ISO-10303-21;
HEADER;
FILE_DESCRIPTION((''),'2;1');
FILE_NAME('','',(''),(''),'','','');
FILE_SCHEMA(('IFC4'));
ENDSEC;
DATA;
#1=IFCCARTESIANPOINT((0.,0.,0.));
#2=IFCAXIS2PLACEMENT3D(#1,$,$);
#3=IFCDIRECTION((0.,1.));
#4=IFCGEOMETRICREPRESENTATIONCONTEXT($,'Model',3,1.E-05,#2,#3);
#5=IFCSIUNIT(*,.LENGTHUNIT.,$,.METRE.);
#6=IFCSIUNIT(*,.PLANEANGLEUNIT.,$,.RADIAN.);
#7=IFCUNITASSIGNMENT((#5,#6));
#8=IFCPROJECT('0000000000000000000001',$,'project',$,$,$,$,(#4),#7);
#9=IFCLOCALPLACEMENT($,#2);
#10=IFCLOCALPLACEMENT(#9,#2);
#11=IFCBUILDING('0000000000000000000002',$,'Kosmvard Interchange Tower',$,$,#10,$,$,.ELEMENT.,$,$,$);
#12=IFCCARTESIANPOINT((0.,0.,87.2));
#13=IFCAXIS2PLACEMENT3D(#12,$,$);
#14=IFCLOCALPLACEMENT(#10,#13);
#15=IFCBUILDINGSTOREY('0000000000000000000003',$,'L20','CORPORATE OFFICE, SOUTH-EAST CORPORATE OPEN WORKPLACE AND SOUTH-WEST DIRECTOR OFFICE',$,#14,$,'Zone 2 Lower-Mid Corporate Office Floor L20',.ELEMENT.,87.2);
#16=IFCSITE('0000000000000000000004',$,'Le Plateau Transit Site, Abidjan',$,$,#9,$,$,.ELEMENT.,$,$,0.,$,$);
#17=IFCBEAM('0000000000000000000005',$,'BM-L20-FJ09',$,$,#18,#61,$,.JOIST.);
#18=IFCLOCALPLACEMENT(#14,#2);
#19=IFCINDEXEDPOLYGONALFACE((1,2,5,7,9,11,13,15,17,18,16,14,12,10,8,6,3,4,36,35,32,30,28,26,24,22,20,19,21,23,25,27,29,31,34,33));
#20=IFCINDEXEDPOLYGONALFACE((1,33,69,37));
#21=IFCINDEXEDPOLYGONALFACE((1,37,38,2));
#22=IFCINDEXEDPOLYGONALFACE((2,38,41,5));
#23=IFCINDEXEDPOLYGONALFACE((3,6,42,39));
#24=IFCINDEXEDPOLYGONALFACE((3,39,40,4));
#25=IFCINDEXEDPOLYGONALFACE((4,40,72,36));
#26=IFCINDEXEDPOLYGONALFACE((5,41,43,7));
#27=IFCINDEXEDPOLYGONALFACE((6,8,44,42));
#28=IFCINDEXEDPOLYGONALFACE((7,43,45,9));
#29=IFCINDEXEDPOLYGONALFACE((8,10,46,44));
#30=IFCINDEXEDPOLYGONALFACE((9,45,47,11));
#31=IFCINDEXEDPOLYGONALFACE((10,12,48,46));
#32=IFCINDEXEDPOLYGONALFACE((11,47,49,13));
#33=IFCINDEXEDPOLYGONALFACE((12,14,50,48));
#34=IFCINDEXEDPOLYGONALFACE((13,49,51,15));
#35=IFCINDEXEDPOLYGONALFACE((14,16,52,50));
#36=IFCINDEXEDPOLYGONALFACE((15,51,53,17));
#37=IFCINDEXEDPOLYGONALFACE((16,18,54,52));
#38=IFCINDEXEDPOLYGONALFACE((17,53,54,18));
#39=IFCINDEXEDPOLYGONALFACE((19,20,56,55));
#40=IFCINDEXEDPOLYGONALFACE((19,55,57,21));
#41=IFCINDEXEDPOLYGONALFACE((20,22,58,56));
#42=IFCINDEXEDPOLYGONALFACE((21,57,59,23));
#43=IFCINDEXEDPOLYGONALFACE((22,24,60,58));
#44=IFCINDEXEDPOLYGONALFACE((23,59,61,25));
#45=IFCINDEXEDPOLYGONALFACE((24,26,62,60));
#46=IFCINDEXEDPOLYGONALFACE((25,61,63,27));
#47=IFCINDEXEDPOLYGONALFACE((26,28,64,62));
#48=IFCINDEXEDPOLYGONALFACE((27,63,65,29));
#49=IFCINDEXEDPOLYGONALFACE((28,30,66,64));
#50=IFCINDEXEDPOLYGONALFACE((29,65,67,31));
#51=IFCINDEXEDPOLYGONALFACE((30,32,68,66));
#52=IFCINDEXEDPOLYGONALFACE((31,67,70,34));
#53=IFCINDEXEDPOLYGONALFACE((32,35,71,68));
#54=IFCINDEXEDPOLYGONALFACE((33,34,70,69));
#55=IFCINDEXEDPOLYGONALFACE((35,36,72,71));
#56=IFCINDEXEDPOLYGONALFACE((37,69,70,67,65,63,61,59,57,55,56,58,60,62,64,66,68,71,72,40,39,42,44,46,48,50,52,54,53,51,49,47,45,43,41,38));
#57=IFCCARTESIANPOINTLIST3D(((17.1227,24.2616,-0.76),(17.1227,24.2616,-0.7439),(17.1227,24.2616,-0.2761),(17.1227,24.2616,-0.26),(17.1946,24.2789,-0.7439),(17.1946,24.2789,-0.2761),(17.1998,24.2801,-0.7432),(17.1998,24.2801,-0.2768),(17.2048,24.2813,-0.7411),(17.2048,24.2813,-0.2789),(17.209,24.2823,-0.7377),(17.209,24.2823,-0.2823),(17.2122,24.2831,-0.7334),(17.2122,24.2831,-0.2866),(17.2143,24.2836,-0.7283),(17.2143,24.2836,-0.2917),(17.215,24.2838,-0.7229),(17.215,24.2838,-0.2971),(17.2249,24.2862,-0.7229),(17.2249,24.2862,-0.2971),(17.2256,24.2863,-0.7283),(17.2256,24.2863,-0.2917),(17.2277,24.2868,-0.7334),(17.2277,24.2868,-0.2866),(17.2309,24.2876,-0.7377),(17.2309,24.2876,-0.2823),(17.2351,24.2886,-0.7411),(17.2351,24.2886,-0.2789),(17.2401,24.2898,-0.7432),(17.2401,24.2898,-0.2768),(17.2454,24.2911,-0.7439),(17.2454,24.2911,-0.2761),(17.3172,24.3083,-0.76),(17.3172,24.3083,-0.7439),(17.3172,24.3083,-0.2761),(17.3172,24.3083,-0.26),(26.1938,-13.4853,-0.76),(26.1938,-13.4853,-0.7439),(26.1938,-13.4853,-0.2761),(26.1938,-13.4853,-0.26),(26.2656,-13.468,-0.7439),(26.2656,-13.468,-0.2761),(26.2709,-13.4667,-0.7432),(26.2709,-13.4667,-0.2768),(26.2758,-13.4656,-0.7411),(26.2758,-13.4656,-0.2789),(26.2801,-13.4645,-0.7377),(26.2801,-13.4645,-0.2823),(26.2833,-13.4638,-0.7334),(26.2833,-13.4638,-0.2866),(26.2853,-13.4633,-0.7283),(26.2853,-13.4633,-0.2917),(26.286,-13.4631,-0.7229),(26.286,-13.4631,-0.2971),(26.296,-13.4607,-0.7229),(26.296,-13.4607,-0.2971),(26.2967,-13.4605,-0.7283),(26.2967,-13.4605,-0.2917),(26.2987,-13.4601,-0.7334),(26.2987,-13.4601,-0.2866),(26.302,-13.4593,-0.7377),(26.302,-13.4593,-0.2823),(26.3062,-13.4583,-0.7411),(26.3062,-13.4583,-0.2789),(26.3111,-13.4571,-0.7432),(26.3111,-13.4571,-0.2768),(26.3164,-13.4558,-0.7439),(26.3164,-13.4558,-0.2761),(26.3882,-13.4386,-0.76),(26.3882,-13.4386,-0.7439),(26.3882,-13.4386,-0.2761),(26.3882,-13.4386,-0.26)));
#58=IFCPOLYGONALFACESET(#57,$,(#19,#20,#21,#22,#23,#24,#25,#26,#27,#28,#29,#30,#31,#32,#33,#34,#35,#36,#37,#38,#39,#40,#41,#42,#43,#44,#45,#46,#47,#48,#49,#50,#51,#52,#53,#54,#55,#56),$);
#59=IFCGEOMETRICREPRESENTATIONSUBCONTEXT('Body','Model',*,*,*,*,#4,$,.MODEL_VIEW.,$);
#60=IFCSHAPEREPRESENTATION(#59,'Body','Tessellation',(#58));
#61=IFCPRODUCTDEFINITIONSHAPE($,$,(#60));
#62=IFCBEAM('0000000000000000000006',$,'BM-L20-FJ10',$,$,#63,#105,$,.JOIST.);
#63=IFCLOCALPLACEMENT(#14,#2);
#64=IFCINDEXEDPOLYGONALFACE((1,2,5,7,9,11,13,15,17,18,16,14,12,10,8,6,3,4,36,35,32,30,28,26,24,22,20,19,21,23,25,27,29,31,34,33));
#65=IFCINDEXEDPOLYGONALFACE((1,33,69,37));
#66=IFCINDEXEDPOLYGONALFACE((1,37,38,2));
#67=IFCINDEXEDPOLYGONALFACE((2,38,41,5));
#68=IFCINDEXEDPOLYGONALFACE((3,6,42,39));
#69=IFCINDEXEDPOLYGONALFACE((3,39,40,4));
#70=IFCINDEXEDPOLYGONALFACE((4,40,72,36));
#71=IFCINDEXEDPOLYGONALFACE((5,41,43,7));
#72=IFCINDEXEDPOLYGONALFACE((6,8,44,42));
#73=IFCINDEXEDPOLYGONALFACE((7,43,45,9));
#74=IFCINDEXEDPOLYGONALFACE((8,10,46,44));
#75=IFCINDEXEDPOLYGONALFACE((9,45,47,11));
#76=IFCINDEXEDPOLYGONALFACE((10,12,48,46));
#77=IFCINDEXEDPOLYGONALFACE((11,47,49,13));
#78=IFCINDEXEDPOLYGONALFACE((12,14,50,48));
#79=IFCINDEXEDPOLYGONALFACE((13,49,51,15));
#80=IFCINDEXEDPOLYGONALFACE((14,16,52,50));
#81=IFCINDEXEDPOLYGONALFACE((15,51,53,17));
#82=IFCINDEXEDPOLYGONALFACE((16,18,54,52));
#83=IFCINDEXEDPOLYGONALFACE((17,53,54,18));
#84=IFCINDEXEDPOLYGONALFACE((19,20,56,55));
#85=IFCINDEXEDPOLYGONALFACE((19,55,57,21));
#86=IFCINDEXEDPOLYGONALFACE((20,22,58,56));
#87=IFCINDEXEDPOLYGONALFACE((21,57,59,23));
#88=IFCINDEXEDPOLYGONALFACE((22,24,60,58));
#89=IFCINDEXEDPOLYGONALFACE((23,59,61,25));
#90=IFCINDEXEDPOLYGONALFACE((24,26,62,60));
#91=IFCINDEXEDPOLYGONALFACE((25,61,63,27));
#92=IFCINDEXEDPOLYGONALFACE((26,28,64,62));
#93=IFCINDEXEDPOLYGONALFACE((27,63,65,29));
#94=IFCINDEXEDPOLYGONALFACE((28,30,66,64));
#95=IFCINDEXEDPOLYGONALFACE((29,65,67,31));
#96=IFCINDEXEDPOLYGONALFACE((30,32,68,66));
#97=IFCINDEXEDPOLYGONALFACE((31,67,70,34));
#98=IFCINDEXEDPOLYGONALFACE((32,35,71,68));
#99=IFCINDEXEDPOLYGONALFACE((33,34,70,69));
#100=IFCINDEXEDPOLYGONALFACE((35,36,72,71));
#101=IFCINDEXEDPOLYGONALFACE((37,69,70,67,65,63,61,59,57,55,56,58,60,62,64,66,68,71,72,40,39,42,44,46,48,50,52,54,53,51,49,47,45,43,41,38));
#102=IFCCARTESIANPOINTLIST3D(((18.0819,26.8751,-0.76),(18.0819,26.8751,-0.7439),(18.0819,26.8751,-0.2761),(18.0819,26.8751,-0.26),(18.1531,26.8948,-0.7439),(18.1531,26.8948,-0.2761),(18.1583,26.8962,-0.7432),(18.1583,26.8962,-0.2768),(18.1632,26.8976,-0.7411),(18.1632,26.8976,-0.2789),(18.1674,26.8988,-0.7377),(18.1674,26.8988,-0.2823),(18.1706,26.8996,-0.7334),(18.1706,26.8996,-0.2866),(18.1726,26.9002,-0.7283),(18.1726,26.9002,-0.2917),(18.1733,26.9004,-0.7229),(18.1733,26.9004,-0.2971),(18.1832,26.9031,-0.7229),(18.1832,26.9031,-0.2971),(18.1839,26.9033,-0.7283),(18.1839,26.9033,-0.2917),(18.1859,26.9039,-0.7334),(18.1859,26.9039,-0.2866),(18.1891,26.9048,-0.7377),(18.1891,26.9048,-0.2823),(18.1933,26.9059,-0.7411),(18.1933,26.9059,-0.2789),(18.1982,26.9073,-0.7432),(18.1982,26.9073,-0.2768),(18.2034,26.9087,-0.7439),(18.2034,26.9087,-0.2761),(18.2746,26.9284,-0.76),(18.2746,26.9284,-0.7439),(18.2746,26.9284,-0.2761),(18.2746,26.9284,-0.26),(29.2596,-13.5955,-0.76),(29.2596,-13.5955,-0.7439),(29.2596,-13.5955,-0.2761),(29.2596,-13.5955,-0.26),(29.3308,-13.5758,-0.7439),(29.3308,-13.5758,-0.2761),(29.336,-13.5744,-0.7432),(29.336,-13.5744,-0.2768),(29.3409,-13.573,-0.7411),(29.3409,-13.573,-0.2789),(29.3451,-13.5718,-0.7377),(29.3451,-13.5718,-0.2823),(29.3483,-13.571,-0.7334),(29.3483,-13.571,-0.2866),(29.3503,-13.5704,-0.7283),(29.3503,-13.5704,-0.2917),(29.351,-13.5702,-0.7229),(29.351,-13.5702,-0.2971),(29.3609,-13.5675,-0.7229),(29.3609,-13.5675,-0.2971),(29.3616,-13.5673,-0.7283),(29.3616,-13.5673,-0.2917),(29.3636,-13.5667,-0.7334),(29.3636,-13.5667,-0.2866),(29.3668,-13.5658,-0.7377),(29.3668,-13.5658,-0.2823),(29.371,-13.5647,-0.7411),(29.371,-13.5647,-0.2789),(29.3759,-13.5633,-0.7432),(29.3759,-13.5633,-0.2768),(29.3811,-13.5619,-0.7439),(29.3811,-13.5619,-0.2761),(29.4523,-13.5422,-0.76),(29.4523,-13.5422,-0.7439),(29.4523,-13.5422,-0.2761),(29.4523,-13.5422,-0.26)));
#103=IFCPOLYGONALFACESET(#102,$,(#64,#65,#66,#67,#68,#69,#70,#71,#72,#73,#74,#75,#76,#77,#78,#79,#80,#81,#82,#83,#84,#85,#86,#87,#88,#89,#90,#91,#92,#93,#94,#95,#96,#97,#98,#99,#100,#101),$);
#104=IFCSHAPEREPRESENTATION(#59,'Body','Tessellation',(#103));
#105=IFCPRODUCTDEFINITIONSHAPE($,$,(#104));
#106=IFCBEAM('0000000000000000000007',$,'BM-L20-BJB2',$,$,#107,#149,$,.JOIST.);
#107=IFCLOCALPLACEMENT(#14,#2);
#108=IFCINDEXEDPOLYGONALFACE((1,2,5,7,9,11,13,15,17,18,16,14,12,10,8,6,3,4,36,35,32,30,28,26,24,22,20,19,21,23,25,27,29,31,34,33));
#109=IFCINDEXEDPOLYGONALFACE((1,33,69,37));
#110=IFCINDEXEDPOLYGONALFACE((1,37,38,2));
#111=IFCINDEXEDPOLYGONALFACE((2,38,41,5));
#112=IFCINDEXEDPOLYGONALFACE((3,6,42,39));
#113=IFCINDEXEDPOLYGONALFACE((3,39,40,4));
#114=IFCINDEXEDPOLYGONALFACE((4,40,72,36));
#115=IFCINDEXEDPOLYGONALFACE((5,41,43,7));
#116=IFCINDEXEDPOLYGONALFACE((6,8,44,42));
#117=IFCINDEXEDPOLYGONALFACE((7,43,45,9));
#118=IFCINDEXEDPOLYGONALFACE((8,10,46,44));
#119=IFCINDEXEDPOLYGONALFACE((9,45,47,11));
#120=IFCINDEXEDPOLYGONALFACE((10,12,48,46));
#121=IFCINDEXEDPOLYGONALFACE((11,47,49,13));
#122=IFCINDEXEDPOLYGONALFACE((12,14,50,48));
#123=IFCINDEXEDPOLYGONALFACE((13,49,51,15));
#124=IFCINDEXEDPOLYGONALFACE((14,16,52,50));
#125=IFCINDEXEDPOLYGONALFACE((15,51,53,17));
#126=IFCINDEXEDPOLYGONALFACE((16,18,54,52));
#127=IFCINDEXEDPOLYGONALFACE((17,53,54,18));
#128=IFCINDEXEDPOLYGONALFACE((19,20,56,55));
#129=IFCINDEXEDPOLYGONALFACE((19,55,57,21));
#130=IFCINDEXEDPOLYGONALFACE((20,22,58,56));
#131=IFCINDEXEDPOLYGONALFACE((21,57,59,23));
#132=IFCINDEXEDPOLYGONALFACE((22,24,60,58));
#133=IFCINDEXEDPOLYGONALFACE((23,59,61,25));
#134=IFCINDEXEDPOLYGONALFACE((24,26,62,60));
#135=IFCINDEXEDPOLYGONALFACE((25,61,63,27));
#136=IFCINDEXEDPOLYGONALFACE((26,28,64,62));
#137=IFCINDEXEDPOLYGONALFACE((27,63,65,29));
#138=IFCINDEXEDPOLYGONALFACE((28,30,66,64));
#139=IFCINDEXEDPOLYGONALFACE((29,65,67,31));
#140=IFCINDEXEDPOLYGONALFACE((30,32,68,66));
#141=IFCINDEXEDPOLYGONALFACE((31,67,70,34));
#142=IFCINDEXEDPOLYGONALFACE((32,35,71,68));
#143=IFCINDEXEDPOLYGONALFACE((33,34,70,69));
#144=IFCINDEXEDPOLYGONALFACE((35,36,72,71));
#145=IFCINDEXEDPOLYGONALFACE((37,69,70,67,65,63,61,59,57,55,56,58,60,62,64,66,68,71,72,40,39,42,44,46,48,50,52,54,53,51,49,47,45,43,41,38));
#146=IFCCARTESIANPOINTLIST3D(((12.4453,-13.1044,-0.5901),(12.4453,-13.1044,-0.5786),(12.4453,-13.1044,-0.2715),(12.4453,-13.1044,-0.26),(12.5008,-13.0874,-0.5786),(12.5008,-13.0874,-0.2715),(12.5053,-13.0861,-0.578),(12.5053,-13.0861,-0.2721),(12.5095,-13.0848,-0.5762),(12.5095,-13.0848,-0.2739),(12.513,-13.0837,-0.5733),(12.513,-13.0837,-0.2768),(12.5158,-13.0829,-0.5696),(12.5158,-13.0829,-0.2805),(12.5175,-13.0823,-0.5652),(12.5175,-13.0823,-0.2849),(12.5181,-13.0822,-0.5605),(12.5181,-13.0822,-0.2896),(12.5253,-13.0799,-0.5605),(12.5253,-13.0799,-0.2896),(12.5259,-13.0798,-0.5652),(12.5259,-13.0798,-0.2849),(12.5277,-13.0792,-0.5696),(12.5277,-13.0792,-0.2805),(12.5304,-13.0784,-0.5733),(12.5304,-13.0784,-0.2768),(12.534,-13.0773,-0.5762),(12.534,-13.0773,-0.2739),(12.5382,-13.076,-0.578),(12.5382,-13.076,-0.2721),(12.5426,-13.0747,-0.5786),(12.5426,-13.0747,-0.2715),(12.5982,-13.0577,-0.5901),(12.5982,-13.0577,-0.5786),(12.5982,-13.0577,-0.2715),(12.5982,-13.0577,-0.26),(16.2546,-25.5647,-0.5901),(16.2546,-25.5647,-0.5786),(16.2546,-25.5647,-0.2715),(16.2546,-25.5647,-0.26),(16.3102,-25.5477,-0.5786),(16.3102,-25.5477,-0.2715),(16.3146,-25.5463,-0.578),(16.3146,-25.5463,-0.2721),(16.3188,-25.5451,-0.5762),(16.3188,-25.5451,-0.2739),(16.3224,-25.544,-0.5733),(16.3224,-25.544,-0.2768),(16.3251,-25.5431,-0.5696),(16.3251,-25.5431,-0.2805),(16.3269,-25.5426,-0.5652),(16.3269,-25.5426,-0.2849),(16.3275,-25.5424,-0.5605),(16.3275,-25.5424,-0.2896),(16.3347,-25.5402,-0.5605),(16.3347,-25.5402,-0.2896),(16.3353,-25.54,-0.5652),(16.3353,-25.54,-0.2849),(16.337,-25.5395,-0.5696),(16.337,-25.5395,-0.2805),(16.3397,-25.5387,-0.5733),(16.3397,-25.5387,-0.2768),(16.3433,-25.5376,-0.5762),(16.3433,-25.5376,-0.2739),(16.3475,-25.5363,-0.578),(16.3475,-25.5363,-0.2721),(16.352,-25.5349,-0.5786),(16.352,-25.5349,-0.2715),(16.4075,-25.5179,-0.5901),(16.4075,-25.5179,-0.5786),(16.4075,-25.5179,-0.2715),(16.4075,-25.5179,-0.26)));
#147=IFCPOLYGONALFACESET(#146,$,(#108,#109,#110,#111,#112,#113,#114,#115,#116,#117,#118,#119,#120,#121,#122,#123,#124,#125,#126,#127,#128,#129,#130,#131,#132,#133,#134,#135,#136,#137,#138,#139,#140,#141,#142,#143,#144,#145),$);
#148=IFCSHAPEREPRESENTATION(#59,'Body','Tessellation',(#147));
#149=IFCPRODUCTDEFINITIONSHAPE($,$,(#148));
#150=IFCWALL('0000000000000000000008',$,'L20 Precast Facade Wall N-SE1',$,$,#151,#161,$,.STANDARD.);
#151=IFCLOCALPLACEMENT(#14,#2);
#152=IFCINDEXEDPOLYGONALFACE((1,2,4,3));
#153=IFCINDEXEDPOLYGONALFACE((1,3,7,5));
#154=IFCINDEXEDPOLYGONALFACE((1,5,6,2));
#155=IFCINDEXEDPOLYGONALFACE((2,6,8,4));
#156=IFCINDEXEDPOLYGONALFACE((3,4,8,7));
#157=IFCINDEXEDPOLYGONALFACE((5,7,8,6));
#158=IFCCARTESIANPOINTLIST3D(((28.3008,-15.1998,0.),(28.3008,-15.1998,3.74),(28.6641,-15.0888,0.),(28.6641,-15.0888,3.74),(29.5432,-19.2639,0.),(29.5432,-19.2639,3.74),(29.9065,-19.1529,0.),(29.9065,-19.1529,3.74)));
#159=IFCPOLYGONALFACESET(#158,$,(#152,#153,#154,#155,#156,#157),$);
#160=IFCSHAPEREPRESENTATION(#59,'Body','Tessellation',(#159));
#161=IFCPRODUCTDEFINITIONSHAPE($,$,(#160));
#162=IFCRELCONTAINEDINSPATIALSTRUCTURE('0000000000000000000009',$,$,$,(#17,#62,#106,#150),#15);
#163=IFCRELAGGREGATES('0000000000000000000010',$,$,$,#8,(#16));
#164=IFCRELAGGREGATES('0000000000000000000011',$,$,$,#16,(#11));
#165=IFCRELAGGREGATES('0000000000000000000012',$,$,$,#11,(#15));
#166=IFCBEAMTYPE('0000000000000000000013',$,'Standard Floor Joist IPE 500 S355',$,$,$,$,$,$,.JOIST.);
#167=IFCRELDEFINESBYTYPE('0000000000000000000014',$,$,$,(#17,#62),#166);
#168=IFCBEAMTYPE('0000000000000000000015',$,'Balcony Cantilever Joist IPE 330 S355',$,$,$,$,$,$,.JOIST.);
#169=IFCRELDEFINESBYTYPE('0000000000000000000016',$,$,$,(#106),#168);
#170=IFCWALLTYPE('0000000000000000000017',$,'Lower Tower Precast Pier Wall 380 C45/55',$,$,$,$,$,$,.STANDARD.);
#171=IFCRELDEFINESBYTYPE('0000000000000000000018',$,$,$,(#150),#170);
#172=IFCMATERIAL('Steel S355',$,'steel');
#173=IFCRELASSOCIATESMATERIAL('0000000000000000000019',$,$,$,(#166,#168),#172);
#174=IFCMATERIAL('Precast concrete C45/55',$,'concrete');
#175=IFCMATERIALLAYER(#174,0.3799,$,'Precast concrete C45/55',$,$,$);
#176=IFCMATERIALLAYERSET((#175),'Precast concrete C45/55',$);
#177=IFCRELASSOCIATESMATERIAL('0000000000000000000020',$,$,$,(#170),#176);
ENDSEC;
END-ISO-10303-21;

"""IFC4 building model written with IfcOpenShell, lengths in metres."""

from ifc_helpers import new_model, si_unit, direction, frame, frame_2d, origin, origin_2d, place, context, subcontext, project, spatial, rectangle, i_section, extrude, source, transform, mapped, material, layer, layer_set, material_profile, profile_set, type_object, element, save


model = new_model("IFC4")

# Units and contexts
model_context = context("Model", 3, precision=1e-05, world=origin(), true_north=direction((0.0, 1.0)))
body_context = subcontext(model_context, "Body", "Model", "MODEL_VIEW")
ifc_project = project(units=[si_unit("LENGTHUNIT", "METRE"), si_unit("PLANEANGLEUNIT", "RADIAN")], contexts=[model_context])

# Site, building, storey
site_placement = place(None, origin())
site = spatial("IfcSite", under=ifc_project, at=site_placement, Name="Le Plateau Transit Site, Abidjan", CompositionType="ELEMENT", RefElevation=0.0)
building_placement = place(site_placement, origin())
building = spatial("IfcBuilding", under=site, at=building_placement, Name="Kosmvard Interchange Tower", CompositionType="ELEMENT")
storey_placement = place(building_placement, frame((0.0, 0.0, 87.2)))
storey = spatial("IfcBuildingStorey", under=building, at=storey_placement, Name="L20", Description="CORPORATE OFFICE, SOUTH-EAST CORPORATE OPEN WORKPLACE AND SOUTH-WEST DIRECTOR OFFICE", LongName="Zone 2 Lower-Mid Corporate Office Floor L20", CompositionType="ELEMENT", Elevation=87.2)

# Beams
ifc_material_1 = material(Name="Steel S355", Category="steel")
ifc_material_2 = material(Name="Precast concrete C45/55", Category="concrete")
ifc_material_profile_1 = material_profile(ifc_material_1, i_section(OverallWidth=0.2, OverallDepth=0.5, WebThickness=0.0103, FlangeThickness=0.0161, FilletRadius=0.021, at=origin_2d()), Name="IPE 500")
ifc_profile_set_1 = profile_set([ifc_material_profile_1], Name="Steel S355")
beam_type_1 = type_object("IfcBeamType", Name="Standard Floor Joist IPE 500 S355", PredefinedType="JOIST", material=ifc_profile_set_1)
shared_shape_1 = source(origin(), body_context, "Body", "SweptSolid", [
    extrude(i_section(OverallWidth=0.2, OverallDepth=0.5, WebThickness=0.0103, FlangeThickness=0.0161, FilletRadius=0.021, at=origin_2d()), origin(), (0.0, 0.0, 1.0), 38.8215),
])
beam_1_placement = place(storey_placement, frame((26.291, -13.4619, -0.51), z_axis=(-0.233661, 0.972318, 0.0), x_axis=(-0.972318, -0.233661, 0.0)))
element("IfcBeam", 1, at=beam_1_placement, inside=storey, type_object=beam_type_1, Name="BM-L20-FJ09", PredefinedType="JOIST", context=body_context, shape_type="MappedRepresentation", body=[
    mapped(shared_shape_1, transform((0.0, 0.0, 0.0), scale=1.0)),
])
shared_shape_2 = source(origin(), body_context, "Body", "SweptSolid", [
    extrude(i_section(OverallWidth=0.2, OverallDepth=0.5, WebThickness=0.0103, FlangeThickness=0.0161, FilletRadius=0.021, at=origin_2d()), origin(), (0.0, 0.0, 1.0), 41.9858),
])
beam_2_placement = place(storey_placement, frame((29.356, -13.5688, -0.51), z_axis=(-0.266226, 0.963911, 0.0), x_axis=(-0.963911, -0.266226, 0.0)))
element("IfcBeam", 2, at=beam_2_placement, inside=storey, type_object=beam_type_1, Name="BM-L20-FJ10", PredefinedType="JOIST", context=body_context, shape_type="MappedRepresentation", body=[
    mapped(shared_shape_2, transform((0.0, 0.0, 0.0), scale=1.0)),
])
ifc_material_profile_2 = material_profile(ifc_material_1, i_section(OverallWidth=0.1599, OverallDepth=0.3301, WebThickness=0.0076, FlangeThickness=0.0115, FilletRadius=0.0181, at=origin_2d()), Name="IPE 330")
ifc_profile_set_2 = profile_set([ifc_material_profile_2], Name="Steel S355")
beam_type_2 = type_object("IfcBeamType", Name="Balcony Cantilever Joist IPE 330 S355", PredefinedType="JOIST", material=ifc_profile_set_2)
shared_shape_3 = source(origin(), body_context, "Body", "SweptSolid", [
    extrude(i_section(OverallWidth=0.1599, OverallDepth=0.3301, WebThickness=0.0076, FlangeThickness=0.0115, FilletRadius=0.0181, at=origin_2d()), origin(), (0.0, 0.0, 1.0), 13.0295),
])
beam_3_placement = place(storey_placement, frame((12.5217, -13.0811, -0.425), z_axis=(0.292362, -0.956308, 0.0), x_axis=(0.956308, 0.292362, 0.0)))
element("IfcBeam", 3, at=beam_3_placement, inside=storey, type_object=beam_type_2, Name="BM-L20-BJB2", PredefinedType="JOIST", context=body_context, shape_type="MappedRepresentation", body=[
    mapped(shared_shape_3, transform((0.0, 0.0, 0.0), scale=1.0)),
])

# Wall
ifc_layer_1 = layer(ifc_material_2, 0.3799, Name="Precast concrete C45/55")
ifc_layer_set_1 = layer_set([ifc_layer_1], Name="Precast concrete C45/55")
wall_type = type_object("IfcWallType", Name="Lower Tower Precast Pier Wall 380 C45/55", PredefinedType="STANDARD", material=ifc_layer_set_1)
wall_1_placement = place(storey_placement, frame((29.7249, -19.2085, 0.0), z_axis=(0.0, 0.0, 1.0), x_axis=(-0.292346, 0.956313, 0.0)))
element("IfcWall", 4, at=wall_1_placement, inside=storey, type_object=wall_type, Name="L20 Precast Facade Wall N-SE1", PredefinedType="STANDARD", context=body_context, shape_type="SweptSolid", body=[
    extrude(rectangle(XDim=4.2498, YDim=0.3799, at=frame_2d((2.125, 0.0))), origin(), (0.0, 0.0, 1.0), 3.74),
])

save(model, "model.ifc")
